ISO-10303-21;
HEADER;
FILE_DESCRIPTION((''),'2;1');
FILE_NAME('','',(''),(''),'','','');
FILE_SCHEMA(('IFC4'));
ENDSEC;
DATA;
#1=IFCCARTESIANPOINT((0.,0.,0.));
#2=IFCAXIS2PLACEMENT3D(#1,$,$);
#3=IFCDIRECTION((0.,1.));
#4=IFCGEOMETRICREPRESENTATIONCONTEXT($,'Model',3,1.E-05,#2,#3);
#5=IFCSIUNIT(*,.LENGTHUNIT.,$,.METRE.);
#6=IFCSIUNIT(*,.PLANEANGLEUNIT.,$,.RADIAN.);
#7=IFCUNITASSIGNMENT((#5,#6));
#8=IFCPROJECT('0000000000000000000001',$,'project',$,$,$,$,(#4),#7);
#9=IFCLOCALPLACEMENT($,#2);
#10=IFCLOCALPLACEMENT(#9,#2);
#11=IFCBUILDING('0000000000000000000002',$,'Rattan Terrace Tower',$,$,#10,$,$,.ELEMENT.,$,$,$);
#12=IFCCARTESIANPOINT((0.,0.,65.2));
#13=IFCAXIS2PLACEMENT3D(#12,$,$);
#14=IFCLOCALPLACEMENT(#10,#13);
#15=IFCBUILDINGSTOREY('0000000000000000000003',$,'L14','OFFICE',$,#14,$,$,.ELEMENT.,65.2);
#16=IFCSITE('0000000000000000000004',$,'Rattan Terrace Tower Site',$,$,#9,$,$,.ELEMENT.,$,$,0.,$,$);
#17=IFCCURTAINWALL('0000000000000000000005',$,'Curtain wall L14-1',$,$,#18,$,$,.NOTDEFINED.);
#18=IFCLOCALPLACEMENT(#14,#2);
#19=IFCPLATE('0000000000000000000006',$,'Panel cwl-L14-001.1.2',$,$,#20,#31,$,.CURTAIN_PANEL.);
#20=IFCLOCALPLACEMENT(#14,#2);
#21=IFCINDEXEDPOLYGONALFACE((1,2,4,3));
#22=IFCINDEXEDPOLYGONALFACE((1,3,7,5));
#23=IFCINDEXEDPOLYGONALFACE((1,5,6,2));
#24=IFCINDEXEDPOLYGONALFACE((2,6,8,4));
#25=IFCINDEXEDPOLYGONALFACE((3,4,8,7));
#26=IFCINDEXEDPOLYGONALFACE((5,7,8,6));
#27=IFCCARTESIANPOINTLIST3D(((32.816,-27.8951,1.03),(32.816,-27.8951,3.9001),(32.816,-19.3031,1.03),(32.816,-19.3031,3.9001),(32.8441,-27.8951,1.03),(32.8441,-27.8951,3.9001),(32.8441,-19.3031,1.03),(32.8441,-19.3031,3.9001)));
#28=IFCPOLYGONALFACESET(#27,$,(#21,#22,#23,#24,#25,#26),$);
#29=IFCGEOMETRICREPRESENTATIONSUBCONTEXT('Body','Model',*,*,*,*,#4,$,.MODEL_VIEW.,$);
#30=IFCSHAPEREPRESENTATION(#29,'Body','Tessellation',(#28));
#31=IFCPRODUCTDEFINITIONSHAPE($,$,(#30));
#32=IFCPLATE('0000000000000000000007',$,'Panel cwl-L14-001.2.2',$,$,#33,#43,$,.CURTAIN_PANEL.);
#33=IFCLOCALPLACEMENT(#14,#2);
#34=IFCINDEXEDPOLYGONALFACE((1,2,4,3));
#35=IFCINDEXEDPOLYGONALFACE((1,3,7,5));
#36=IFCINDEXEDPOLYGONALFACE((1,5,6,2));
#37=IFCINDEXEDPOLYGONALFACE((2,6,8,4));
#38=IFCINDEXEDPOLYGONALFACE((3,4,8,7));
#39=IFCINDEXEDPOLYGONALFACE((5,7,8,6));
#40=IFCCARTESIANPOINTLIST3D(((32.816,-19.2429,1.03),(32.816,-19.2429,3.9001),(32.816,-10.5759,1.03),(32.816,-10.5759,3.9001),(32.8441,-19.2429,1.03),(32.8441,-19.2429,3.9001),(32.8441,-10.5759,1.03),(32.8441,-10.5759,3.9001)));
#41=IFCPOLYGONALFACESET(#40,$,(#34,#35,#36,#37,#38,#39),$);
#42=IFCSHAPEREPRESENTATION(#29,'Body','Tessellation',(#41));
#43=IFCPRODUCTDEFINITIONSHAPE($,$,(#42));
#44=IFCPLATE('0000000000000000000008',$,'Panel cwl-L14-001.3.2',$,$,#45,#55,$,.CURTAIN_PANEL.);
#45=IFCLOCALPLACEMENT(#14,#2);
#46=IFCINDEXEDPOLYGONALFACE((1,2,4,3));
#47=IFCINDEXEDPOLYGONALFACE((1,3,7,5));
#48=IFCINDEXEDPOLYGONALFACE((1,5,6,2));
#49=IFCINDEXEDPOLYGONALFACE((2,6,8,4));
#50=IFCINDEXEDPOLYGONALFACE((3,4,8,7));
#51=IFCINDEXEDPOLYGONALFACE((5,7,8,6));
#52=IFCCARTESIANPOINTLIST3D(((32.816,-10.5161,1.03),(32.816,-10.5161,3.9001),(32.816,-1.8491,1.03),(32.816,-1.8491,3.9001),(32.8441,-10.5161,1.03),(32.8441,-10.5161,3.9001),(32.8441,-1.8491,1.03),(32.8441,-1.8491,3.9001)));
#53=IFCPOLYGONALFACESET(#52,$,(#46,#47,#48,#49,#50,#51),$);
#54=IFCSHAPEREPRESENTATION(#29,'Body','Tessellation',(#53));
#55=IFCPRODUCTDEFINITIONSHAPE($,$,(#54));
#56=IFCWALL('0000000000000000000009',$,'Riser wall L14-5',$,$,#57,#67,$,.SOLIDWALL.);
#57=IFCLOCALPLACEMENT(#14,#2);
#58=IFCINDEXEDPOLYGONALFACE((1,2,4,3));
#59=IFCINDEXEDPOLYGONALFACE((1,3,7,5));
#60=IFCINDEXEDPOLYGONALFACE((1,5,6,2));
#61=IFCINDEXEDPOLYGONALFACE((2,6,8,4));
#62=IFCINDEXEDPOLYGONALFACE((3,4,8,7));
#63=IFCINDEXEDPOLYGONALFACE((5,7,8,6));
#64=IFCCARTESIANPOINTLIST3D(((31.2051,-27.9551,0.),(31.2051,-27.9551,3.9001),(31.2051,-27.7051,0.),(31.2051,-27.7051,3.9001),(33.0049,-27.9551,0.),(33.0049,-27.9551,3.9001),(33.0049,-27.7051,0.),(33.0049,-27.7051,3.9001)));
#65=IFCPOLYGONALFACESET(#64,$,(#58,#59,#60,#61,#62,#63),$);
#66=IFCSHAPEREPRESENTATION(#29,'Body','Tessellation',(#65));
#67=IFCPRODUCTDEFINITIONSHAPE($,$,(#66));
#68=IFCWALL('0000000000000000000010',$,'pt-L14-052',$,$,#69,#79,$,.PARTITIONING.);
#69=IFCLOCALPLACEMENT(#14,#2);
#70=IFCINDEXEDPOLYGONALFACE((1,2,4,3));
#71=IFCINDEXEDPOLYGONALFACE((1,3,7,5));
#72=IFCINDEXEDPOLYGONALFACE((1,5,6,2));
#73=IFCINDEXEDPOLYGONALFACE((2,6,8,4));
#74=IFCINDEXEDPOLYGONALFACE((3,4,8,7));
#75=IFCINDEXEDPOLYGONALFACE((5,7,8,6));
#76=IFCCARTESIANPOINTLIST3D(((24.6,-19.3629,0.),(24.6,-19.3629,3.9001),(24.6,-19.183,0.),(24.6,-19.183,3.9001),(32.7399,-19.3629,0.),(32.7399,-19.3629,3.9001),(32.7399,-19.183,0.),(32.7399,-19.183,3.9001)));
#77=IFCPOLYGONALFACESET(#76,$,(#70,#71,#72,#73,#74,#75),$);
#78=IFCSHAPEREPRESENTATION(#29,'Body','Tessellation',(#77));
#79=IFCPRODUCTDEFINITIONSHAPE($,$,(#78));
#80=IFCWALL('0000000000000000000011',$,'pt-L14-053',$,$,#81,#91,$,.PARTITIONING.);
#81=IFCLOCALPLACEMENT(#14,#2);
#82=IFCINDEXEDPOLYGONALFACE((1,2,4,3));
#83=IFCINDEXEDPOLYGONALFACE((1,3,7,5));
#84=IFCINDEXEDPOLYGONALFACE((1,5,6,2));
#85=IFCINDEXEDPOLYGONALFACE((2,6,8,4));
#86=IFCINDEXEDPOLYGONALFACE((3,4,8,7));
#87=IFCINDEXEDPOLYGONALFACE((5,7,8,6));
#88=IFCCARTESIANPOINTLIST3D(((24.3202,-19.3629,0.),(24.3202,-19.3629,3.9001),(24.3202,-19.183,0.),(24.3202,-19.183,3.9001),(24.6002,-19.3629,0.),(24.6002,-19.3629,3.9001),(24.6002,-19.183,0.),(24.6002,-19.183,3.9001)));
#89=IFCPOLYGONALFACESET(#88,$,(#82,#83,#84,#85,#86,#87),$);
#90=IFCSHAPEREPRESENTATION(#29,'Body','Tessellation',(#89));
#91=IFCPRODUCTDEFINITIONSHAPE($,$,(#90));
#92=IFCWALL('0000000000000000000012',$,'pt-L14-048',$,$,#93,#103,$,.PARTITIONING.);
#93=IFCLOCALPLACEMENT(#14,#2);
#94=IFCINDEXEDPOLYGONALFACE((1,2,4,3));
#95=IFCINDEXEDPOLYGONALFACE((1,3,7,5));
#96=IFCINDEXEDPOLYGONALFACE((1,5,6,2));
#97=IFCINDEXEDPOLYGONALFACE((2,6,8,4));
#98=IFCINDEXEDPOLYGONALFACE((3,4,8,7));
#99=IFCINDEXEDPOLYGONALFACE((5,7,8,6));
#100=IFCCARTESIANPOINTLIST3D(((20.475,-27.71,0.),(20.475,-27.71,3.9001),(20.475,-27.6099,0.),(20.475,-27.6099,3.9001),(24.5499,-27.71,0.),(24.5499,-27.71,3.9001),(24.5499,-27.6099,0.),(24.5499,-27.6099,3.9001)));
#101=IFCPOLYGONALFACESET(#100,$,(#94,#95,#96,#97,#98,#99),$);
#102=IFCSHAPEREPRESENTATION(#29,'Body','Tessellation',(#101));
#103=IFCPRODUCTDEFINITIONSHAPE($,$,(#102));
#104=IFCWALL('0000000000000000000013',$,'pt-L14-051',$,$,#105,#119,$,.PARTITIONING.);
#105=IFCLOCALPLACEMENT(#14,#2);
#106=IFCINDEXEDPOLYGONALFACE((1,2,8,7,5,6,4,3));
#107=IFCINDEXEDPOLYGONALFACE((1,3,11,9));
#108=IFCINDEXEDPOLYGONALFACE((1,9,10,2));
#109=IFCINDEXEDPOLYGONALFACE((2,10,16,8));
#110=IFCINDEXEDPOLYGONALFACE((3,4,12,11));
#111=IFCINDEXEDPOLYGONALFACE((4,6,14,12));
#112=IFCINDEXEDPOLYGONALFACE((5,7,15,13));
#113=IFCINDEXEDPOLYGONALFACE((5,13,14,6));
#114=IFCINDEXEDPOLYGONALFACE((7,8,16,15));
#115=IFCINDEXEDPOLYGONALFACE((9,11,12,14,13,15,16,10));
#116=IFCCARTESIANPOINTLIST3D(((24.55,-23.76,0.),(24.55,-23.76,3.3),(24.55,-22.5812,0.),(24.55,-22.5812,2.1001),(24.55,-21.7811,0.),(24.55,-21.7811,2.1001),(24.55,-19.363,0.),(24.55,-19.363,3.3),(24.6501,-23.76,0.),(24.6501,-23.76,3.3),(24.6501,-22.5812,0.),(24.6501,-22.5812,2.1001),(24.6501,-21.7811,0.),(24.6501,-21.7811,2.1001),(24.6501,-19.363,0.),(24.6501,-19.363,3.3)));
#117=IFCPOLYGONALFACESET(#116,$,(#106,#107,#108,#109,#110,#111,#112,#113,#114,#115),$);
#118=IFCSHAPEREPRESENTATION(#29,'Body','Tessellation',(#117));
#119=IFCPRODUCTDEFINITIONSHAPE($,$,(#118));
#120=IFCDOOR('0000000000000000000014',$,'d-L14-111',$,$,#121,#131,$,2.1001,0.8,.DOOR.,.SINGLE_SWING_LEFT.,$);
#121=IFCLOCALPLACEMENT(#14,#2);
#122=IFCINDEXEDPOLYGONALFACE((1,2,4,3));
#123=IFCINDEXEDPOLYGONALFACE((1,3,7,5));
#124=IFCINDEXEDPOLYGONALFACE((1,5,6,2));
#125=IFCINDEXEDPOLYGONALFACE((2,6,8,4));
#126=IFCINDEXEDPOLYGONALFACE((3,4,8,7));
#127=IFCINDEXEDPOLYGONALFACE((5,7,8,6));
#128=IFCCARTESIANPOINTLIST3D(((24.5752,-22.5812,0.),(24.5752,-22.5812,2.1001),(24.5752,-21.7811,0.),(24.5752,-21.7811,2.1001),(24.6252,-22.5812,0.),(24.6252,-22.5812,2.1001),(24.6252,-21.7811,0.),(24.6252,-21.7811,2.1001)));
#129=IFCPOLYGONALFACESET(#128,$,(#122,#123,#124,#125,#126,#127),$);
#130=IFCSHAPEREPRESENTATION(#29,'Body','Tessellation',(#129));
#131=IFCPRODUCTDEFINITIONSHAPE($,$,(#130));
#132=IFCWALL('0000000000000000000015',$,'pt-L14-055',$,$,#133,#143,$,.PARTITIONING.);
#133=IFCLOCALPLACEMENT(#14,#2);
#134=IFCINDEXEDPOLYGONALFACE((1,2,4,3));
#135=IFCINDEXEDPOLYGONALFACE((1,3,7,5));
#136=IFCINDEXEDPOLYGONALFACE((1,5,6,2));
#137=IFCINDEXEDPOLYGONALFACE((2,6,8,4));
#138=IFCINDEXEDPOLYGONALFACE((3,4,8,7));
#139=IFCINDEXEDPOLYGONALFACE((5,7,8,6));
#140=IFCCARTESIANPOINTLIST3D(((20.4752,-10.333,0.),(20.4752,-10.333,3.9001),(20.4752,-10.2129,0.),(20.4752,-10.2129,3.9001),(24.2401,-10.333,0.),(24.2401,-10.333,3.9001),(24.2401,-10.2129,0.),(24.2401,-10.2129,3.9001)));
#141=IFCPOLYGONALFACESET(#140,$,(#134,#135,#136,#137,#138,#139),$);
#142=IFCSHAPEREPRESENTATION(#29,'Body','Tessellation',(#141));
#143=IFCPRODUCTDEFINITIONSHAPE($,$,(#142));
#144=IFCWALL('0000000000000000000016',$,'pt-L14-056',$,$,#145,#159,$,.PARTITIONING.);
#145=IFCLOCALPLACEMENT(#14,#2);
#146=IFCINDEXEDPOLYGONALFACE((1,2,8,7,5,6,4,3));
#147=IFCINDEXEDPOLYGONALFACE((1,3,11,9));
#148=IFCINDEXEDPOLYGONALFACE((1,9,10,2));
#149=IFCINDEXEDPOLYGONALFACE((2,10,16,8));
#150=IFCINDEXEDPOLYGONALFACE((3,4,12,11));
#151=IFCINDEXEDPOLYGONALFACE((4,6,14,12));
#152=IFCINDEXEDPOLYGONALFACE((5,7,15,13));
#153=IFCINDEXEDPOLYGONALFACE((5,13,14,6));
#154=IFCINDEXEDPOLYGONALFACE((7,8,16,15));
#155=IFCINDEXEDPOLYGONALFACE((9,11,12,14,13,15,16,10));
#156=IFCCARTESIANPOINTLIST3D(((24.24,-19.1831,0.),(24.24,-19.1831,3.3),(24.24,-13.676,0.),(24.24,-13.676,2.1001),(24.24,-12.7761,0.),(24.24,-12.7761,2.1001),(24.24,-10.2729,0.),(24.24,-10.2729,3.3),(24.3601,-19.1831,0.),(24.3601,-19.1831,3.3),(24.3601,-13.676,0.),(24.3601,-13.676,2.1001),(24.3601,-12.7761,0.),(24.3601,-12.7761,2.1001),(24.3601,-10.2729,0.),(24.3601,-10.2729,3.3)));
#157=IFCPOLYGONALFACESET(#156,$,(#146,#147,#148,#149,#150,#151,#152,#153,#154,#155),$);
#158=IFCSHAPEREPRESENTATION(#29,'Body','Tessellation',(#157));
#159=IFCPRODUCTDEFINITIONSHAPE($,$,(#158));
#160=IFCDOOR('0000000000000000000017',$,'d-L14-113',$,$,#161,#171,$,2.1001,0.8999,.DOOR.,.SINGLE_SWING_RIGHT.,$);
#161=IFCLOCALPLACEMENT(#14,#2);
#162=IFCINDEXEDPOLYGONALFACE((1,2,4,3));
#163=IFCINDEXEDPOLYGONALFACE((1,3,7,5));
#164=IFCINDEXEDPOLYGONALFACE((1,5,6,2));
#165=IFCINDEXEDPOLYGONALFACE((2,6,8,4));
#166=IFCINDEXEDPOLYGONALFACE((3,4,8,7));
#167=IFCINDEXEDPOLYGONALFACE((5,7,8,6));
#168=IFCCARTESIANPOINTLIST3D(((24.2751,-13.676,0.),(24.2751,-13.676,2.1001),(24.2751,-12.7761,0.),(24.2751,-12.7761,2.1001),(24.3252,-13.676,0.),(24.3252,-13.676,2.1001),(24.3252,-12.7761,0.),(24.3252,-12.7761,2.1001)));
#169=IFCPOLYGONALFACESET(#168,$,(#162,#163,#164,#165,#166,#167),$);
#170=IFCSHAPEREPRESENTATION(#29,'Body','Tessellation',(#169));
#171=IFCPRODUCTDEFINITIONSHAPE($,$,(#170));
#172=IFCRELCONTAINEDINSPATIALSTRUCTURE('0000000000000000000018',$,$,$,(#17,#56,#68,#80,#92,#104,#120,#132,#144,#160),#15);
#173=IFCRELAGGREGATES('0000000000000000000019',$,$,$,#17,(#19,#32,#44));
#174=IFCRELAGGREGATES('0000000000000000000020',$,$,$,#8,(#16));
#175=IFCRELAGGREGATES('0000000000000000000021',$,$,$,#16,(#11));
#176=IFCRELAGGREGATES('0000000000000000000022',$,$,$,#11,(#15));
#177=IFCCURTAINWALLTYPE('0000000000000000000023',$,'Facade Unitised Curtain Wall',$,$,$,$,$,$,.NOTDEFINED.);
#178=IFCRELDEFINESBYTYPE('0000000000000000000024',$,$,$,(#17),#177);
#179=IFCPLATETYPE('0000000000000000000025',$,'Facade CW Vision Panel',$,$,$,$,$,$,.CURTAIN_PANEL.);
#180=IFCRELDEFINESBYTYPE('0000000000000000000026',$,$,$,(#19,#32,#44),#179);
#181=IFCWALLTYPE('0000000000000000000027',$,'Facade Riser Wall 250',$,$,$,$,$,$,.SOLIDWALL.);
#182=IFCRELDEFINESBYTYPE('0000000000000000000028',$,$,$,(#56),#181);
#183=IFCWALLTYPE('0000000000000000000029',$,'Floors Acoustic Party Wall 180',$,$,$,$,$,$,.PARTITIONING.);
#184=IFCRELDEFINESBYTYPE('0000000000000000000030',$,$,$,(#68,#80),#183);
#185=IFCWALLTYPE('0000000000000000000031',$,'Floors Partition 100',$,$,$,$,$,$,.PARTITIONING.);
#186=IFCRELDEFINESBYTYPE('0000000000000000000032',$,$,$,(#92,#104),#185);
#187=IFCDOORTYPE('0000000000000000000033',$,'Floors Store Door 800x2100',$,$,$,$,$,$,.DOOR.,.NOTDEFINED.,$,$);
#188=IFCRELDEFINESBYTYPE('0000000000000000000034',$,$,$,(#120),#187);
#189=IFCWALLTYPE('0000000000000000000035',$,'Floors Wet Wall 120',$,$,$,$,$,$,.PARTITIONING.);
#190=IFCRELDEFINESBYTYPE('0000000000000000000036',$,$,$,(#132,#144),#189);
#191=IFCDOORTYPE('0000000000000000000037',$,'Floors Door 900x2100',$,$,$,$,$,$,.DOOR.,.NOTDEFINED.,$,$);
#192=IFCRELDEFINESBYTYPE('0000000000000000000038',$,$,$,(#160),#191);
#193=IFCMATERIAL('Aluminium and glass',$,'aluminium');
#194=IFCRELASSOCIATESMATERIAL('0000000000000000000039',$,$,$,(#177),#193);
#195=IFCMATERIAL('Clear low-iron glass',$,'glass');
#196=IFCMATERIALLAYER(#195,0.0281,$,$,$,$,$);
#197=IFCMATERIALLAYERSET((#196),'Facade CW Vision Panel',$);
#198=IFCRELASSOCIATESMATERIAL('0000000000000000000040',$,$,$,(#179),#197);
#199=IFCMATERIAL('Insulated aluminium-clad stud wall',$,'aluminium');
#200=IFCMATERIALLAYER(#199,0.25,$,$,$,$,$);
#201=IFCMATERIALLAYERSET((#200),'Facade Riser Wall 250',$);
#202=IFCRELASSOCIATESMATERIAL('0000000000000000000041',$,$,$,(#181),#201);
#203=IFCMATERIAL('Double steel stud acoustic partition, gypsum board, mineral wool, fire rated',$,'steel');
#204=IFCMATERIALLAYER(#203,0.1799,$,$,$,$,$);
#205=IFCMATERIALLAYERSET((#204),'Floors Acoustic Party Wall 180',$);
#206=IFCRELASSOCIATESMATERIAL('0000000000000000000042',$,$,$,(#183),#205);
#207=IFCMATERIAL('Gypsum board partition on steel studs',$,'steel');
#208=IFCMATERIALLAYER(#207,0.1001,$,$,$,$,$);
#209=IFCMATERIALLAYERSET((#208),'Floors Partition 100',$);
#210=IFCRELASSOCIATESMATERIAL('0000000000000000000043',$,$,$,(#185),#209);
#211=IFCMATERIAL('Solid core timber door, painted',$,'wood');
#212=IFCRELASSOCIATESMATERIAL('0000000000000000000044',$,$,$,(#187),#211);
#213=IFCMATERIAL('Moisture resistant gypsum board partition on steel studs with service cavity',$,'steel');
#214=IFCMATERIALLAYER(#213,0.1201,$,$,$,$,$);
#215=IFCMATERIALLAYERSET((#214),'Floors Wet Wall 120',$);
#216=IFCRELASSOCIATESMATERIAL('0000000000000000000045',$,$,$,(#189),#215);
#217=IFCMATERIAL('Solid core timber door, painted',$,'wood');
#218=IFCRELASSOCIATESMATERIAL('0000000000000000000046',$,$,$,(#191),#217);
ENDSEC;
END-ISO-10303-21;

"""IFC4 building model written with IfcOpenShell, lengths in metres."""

from ifc_helpers import new_model, si_unit, direction, frame, frame_2d, origin, origin_2d, place, context, subcontext, project, spatial, rectangle, extrude, material, layer, layer_set, type_object, element, fill, aggregate, save


model = new_model("IFC4")

# Units and contexts
model_context = context("Model", 3, precision=1e-05, world=origin(), true_north=direction((0.0, 1.0)))
body_context = subcontext(model_context, "Body", "Model", "MODEL_VIEW")
ifc_project = project(units=[si_unit("LENGTHUNIT", "METRE"), si_unit("PLANEANGLEUNIT", "RADIAN")], contexts=[model_context])

# Site, building, storey
site_placement = place(None, origin())
site = spatial("IfcSite", under=ifc_project, at=site_placement, Name="Rattan Terrace Tower Site", CompositionType="ELEMENT", RefElevation=0.0)
building_placement = place(site_placement, origin())
building = spatial("IfcBuilding", under=site, at=building_placement, Name="Rattan Terrace Tower", CompositionType="ELEMENT")
storey_placement = place(building_placement, frame((0.0, 0.0, 65.2)))
storey = spatial("IfcBuildingStorey", under=building, at=storey_placement, Name="L14", Description="OFFICE", CompositionType="ELEMENT", Elevation=65.2)

# Curtain wall
ifc_material_1 = material(Name="Aluminium and glass", Category="aluminium")
curtain_wall_type = type_object("IfcCurtainWallType", Name="Facade Unitised Curtain Wall", PredefinedType="NOTDEFINED", material=ifc_material_1)
curtain_wall_placement = place(storey_placement, origin())
curtain_wall = element("IfcCurtainWall", 1, at=curtain_wall_placement, inside=storey, type_object=curtain_wall_type, Name="Curtain wall L14-1", PredefinedType="NOTDEFINED")

# Plates
ifc_material_2 = material(Name="Clear low-iron glass", Category="glass")
ifc_layer_1 = layer(ifc_material_2, 0.0281)
ifc_layer_set_1 = layer_set([ifc_layer_1], Name="Facade CW Vision Panel")
plate_type_1 = type_object("IfcPlateType", Name="Facade CW Vision Panel", PredefinedType="CURTAIN_PANEL", material=ifc_layer_set_1)
plate_1_placement = place(storey_placement, frame((32.8301, -23.5991, 1.03), z_axis=(0.0, 0.0, 1.0), x_axis=(0.0, 1.0, 0.0)))
plate_1 = element("IfcPlate", 2, at=plate_1_placement, type_object=plate_type_1, Name="Panel cwl-L14-001.1.2", PredefinedType="CURTAIN_PANEL", context=body_context, shape_type="SweptSolid", body=[
    extrude(rectangle(XDim=8.592, YDim=0.0281, at=origin_2d()), origin(), (0.0, 0.0, 1.0), 2.8701),
])
plate_2_placement = place(storey_placement, frame((32.8301, -14.9094, 1.03), z_axis=(0.0, 0.0, 1.0), x_axis=(0.0, 1.0, 0.0)))
plate_2 = element("IfcPlate", 3, at=plate_2_placement, type_object=plate_type_1, Name="Panel cwl-L14-001.2.2", PredefinedType="CURTAIN_PANEL", context=body_context, shape_type="SweptSolid", body=[
    extrude(rectangle(XDim=8.667, YDim=0.0281, at=origin_2d()), origin(), (0.0, 0.0, 1.0), 2.8701),
])
plate_3_placement = place(storey_placement, frame((32.8301, -6.1826, 1.03), z_axis=(0.0, 0.0, 1.0), x_axis=(0.0, 1.0, 0.0)))
plate_3 = element("IfcPlate", 4, at=plate_3_placement, type_object=plate_type_1, Name="Panel cwl-L14-001.3.2", PredefinedType="CURTAIN_PANEL", context=body_context, shape_type="SweptSolid", body=[
    extrude(rectangle(XDim=8.667, YDim=0.0281, at=origin_2d()), origin(), (0.0, 0.0, 1.0), 2.8701),
])
aggregate(curtain_wall, [plate_1, plate_2, plate_3])

# Walls
ifc_material_3 = material(Name="Insulated aluminium-clad stud wall", Category="aluminium")
ifc_layer_2 = layer(ifc_material_3, 0.25)
ifc_layer_set_2 = layer_set([ifc_layer_2], Name="Facade Riser Wall 250")
wall_type_1 = type_object("IfcWallType", Name="Facade Riser Wall 250", PredefinedType="SOLIDWALL", material=ifc_layer_set_2)
wall_1_placement = place(storey_placement, frame((31.2051, -27.8301, 0.0), z_axis=(0.0, 0.0, 1.0), x_axis=(1.0, 0.0, 0.0)))
element("IfcWall", 5, at=wall_1_placement, inside=storey, type_object=wall_type_1, Name="Riser wall L14-5", PredefinedType="SOLIDWALL", context=body_context, shape_type="SweptSolid", body=[
    extrude(rectangle(XDim=1.7998, YDim=0.25, at=frame_2d((0.8999, 0.0))), origin(), (0.0, 0.0, 1.0), 3.9001),
])
ifc_material_4 = material(Name="Double steel stud acoustic partition, gypsum board, mineral wool, fire rated", Category="steel")
ifc_layer_3 = layer(ifc_material_4, 0.1799)
ifc_layer_set_3 = layer_set([ifc_layer_3], Name="Floors Acoustic Party Wall 180")
wall_type_2 = type_object("IfcWallType", Name="Floors Acoustic Party Wall 180", PredefinedType="PARTITIONING", material=ifc_layer_set_3)
wall_2_placement = place(storey_placement, frame((24.6001, -19.2729, 0.0), z_axis=(0.0, 0.0, 1.0), x_axis=(1.0, 0.0, 0.0)))
element("IfcWall", 6, at=wall_2_placement, inside=storey, type_object=wall_type_2, Name="pt-L14-052", PredefinedType="PARTITIONING", context=body_context, shape_type="SweptSolid", body=[
    extrude(rectangle(XDim=8.1399, YDim=0.1799, at=frame_2d((4.0698, 0.0))), origin(), (0.0, 0.0, 1.0), 3.9001),
])
wall_3_placement = place(storey_placement, frame((24.3201, -19.2729, 0.0), z_axis=(0.0, 0.0, 1.0), x_axis=(1.0, 0.0, 0.0)))
element("IfcWall", 7, at=wall_3_placement, inside=storey, type_object=wall_type_2, Name="pt-L14-053", PredefinedType="PARTITIONING", context=body_context, shape_type="SweptSolid", body=[
    extrude(rectangle(XDim=0.28, YDim=0.1799, at=frame_2d((0.1401, 0.0))), origin(), (0.0, 0.0, 1.0), 3.9001),
])
ifc_material_5 = material(Name="Gypsum board partition on steel studs", Category="steel")
ifc_layer_4 = layer(ifc_material_5, 0.1001)
ifc_layer_set_4 = layer_set([ifc_layer_4], Name="Floors Partition 100")
wall_type_3 = type_object("IfcWallType", Name="Floors Partition 100", PredefinedType="PARTITIONING", material=ifc_layer_set_4)
wall_4_placement = place(storey_placement, frame((24.55, -27.6599, 0.0), z_axis=(0.0, 0.0, 1.0), x_axis=(-1.0, 0.0, 0.0)))
element("IfcWall", 8, at=wall_4_placement, inside=storey, type_object=wall_type_3, Name="pt-L14-048", PredefinedType="PARTITIONING", context=body_context, shape_type="SweptSolid", body=[
    extrude(rectangle(XDim=4.075, YDim=0.1001, at=frame_2d((2.0376, 0.0))), origin(), (0.0, 0.0, 1.0), 3.9001),
])

# Wall, opening, door
wall_5_placement = place(storey_placement, frame((24.6001, -23.76, 0.0), z_axis=(0.0, 0.0, 1.0), x_axis=(0.0, 1.0, 0.0)))
wall_5 = element("IfcWall", 9, at=wall_5_placement, inside=storey, type_object=wall_type_3, Name="pt-L14-051", PredefinedType="PARTITIONING", context=body_context, shape_type="SweptSolid", body=[
    extrude(rectangle(XDim=4.397, YDim=0.1001, at=frame_2d((2.1985, 0.0))), origin(), (0.0, 0.0, 1.0), 3.3),
])
opening_1_placement = place(wall_5_placement, frame((1.179, 0.0, 0.0)))
opening_1 = element("IfcOpeningElement", 10, at=opening_1_placement, cuts=wall_5, PredefinedType="OPENING", context=body_context, shape_type="SweptSolid", body=[
    extrude(rectangle(XDim=0.8, YDim=2.1001, at=frame_2d((0.3999, 1.05))), frame((0.0, 0.0605, 0.0), z_axis=(0.0, -1.0, 0.0), x_axis=(1.0, 0.0, 0.0)), (0.0, 0.0, 1.0), 0.1211),
])
ifc_material_6 = material(Name="Solid core timber door, painted", Category="wood")
door_type_1 = type_object("IfcDoorType", Name="Floors Store Door 800x2100", OperationType="NOTDEFINED", PredefinedType="DOOR", material=ifc_material_6)
door_1_placement = place(opening_1_placement, origin())
door_1 = element("IfcDoor", 11, at=door_1_placement, inside=storey, type_object=door_type_1, Name="d-L14-111", OperationType="SINGLE_SWING_LEFT", OverallHeight=2.1001, OverallWidth=0.8, PredefinedType="DOOR", context=body_context, shape_type="SweptSolid", body=[
    extrude(rectangle(XDim=0.8, YDim=2.1001, at=frame_2d((0.3999, 1.05))), frame((0.0, 0.0249, 0.0), z_axis=(0.0, -1.0, 0.0), x_axis=(1.0, 0.0, 0.0)), (0.0, 0.0, 1.0), 0.05),
])
fill(opening_1, door_1)

# Wall
ifc_material_7 = material(Name="Moisture resistant gypsum board partition on steel studs with service cavity", Category="steel")
ifc_layer_5 = layer(ifc_material_7, 0.1201)
ifc_layer_set_5 = layer_set([ifc_layer_5], Name="Floors Wet Wall 120")
wall_type_4 = type_object("IfcWallType", Name="Floors Wet Wall 120", PredefinedType="PARTITIONING", material=ifc_layer_set_5)
wall_6_placement = place(storey_placement, frame((24.24, -10.2729, 0.0), z_axis=(0.0, 0.0, 1.0), x_axis=(-1.0, 0.0, 0.0)))
element("IfcWall", 12, at=wall_6_placement, inside=storey, type_object=wall_type_4, Name="pt-L14-055", PredefinedType="PARTITIONING", context=body_context, shape_type="SweptSolid", body=[
    extrude(rectangle(XDim=3.7649, YDim=0.1201, at=frame_2d((1.8823, 0.0))), origin(), (0.0, 0.0, 1.0), 3.9001),
])

# Wall, opening, door
wall_7_placement = place(storey_placement, frame((24.3, -19.1831, 0.0), z_axis=(0.0, 0.0, 1.0), x_axis=(0.0, 1.0, 0.0)))
wall_7 = element("IfcWall", 13, at=wall_7_placement, inside=storey, type_object=wall_type_4, Name="pt-L14-056", PredefinedType="PARTITIONING", context=body_context, shape_type="SweptSolid", body=[
    extrude(rectangle(XDim=8.9102, YDim=0.1201, at=frame_2d((4.4551, 0.0))), origin(), (0.0, 0.0, 1.0), 3.3),
])
opening_2_placement = place(wall_7_placement, frame((5.5071, 0.0, 0.0)))
opening_2 = element("IfcOpeningElement", 14, at=opening_2_placement, cuts=wall_7, PredefinedType="OPENING", context=body_context, shape_type="SweptSolid", body=[
    extrude(rectangle(XDim=0.8999, YDim=2.1001, at=frame_2d((0.45, 1.05))), frame((0.0, 0.0706, 0.0), z_axis=(0.0, -1.0, 0.0), x_axis=(1.0, 0.0, 0.0)), (0.0, 0.0, 1.0), 0.1411),
])
ifc_material_8 = material(Name="Solid core timber door, painted", Category="wood")
door_type_2 = type_object("IfcDoorType", Name="Floors Door 900x2100", OperationType="NOTDEFINED", PredefinedType="DOOR", material=ifc_material_8)
door_2_placement = place(opening_2_placement, origin())
door_2 = element("IfcDoor", 15, at=door_2_placement, inside=storey, type_object=door_type_2, Name="d-L14-113", OperationType="SINGLE_SWING_RIGHT", OverallHeight=2.1001, OverallWidth=0.8999, PredefinedType="DOOR", context=body_context, shape_type="SweptSolid", body=[
    extrude(rectangle(XDim=0.8999, YDim=2.1001, at=frame_2d((0.45, 1.05))), frame((0.0, 0.0249, 0.0), z_axis=(0.0, -1.0, 0.0), x_axis=(1.0, 0.0, 0.0)), (0.0, 0.0, 1.0), 0.05),
])
fill(opening_2, door_2)

save(model, "model.ifc")
